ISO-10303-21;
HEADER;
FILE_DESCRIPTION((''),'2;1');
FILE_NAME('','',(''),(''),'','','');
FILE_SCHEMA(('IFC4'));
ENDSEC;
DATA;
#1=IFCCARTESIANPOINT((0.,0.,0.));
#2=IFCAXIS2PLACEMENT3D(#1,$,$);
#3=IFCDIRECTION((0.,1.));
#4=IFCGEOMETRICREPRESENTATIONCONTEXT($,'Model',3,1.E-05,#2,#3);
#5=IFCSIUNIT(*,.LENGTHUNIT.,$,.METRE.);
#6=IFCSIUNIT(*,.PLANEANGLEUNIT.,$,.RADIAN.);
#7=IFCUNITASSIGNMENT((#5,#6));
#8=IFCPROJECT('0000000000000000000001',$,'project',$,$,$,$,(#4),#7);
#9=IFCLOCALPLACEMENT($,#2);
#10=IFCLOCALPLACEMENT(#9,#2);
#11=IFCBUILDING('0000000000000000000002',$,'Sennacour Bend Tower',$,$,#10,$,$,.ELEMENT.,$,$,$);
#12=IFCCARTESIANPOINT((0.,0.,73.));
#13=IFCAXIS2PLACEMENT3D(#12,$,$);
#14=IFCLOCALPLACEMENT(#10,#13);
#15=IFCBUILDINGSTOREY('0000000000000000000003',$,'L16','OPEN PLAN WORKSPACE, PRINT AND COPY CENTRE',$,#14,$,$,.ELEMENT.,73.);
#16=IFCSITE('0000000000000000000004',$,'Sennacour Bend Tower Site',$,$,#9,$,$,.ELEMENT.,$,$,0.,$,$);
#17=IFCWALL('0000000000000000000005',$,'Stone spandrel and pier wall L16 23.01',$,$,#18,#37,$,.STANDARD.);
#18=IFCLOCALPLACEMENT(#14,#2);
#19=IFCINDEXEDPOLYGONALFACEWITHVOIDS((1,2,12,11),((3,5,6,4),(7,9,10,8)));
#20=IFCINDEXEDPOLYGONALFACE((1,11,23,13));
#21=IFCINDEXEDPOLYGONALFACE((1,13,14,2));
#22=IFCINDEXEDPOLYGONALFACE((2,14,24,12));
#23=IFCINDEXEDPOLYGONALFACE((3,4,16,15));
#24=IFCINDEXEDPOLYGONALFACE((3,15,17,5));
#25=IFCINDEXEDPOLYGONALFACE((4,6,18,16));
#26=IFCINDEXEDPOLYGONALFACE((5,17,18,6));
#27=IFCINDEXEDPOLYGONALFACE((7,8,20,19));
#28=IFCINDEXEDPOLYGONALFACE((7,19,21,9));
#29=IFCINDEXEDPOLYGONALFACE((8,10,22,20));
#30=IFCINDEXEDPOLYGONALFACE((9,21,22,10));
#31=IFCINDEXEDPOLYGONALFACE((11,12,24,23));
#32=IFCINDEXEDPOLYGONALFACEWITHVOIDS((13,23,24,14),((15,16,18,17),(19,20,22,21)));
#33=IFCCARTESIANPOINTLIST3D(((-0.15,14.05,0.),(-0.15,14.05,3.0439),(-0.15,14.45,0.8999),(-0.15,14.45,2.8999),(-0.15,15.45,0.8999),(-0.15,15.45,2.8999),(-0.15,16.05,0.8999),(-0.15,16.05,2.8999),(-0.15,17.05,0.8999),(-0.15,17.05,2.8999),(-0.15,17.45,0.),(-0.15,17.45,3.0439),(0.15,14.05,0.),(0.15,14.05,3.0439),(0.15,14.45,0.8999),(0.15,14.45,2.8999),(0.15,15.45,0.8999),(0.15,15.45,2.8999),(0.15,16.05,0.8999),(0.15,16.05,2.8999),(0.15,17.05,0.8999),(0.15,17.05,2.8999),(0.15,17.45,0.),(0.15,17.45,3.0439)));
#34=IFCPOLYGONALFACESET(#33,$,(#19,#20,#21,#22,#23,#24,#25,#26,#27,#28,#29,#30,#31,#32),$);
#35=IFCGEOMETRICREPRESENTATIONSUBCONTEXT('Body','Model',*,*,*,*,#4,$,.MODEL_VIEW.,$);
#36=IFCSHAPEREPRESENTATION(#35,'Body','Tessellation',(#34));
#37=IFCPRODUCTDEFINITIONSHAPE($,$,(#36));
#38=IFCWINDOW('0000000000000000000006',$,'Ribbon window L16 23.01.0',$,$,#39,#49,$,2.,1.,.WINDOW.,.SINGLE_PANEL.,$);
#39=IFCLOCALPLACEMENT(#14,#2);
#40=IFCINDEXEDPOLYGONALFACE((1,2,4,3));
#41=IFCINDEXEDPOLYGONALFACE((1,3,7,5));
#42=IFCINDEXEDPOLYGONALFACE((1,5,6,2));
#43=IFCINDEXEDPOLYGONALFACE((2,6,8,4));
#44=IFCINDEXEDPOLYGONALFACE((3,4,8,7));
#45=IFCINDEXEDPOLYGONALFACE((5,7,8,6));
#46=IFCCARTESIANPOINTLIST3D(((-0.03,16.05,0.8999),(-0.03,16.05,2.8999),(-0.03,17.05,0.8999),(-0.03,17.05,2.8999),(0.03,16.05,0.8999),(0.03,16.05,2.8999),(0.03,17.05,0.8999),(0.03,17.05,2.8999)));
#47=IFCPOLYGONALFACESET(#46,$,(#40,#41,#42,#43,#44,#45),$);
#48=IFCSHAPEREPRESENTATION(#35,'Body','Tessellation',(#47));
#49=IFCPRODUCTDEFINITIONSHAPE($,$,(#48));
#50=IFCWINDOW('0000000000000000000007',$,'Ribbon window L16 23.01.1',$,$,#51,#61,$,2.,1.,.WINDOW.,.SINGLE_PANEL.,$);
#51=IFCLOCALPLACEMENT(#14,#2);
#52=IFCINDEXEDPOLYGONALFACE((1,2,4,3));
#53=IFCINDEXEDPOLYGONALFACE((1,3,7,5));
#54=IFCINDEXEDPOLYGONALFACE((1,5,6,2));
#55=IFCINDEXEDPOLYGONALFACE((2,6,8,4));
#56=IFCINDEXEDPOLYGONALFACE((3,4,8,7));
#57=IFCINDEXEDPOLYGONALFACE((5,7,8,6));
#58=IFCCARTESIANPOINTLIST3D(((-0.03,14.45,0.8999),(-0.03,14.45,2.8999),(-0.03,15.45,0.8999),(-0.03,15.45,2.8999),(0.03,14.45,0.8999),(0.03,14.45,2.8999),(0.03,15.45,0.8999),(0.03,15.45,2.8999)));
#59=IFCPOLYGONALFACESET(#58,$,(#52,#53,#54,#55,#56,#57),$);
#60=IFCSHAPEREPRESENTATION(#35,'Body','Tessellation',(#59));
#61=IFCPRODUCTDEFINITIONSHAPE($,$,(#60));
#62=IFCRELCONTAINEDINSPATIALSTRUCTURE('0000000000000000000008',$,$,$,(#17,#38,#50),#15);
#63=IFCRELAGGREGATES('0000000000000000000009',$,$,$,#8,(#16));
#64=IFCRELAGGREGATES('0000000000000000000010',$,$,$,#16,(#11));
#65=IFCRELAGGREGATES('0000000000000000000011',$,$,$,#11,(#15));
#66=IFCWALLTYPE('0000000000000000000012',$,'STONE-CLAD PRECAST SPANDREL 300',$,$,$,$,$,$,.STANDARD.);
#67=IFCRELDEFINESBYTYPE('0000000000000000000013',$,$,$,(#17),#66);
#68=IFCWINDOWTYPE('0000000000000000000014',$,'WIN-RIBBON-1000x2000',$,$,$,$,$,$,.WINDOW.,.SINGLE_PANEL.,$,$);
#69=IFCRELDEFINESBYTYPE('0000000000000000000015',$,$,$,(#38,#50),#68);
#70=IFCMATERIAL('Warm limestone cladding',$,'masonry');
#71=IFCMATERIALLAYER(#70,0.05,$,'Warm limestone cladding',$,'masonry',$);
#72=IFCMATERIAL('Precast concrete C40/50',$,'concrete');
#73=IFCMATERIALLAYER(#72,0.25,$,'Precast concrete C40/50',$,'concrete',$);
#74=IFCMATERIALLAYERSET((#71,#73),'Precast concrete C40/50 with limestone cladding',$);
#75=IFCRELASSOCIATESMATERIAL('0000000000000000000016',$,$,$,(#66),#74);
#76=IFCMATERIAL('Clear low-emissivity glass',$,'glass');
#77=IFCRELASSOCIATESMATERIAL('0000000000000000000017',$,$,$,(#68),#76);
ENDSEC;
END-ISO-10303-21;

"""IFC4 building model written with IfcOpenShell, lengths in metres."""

from ifc_helpers import new_model, si_unit, direction, frame, frame_2d, origin, place, context, subcontext, project, spatial, rectangle, extrude, material, layer, layer_set, type_object, element, fill, save


model = new_model("IFC4")

# Units and contexts
model_context = context("Model", 3, precision=1e-05, world=origin(), true_north=direction((0.0, 1.0)))
body_context = subcontext(model_context, "Body", "Model", "MODEL_VIEW")
ifc_project = project(units=[si_unit("LENGTHUNIT", "METRE"), si_unit("PLANEANGLEUNIT", "RADIAN")], contexts=[model_context])

# Site, building, storey
site_placement = place(None, origin())
site = spatial("IfcSite", under=ifc_project, at=site_placement, Name="Sennacour Bend Tower Site", CompositionType="ELEMENT", RefElevation=0.0)
building_placement = place(site_placement, origin())
building = spatial("IfcBuilding", under=site, at=building_placement, Name="Sennacour Bend Tower", CompositionType="ELEMENT")
storey_placement = place(building_placement, frame((0.0, 0.0, 73.0)))
storey = spatial("IfcBuildingStorey", under=building, at=storey_placement, Name="L16", Description="OPEN PLAN WORKSPACE, PRINT AND COPY CENTRE", CompositionType="ELEMENT", Elevation=73.0)

# Shared definitions
ifc_material_1 = material(Name="Warm limestone cladding", Category="masonry")
ifc_layer_1 = layer(ifc_material_1, 0.05, Name="Warm limestone cladding", Category="masonry")
ifc_material_2 = material(Name="Precast concrete C40/50", Category="concrete")
ifc_layer_2 = layer(ifc_material_2, 0.25, Name="Precast concrete C40/50", Category="concrete")
ifc_layer_set_1 = layer_set([ifc_layer_1, ifc_layer_2], Name="Precast concrete C40/50 with limestone cladding")
wall_type_1 = type_object("IfcWallType", Name="STONE-CLAD PRECAST SPANDREL 300", PredefinedType="STANDARD", material=ifc_layer_set_1)

# Wall, openings, windows
ifc_material_3 = material(Name="Clear low-emissivity glass", Category="glass")
window_type = type_object("IfcWindowType", Name="WIN-RIBBON-1000x2000", PartitioningType="SINGLE_PANEL", PredefinedType="WINDOW", material=ifc_material_3)
wall_1_placement = place(storey_placement, frame((0.0, 17.45, 0.0), z_axis=(0.0, 0.0, 1.0), x_axis=(0.0, -1.0, 0.0)))
wall_1 = element("IfcWall", 1, at=wall_1_placement, inside=storey, type_object=wall_type_1, Name="Stone spandrel and pier wall L16 23.01", PredefinedType="STANDARD", context=body_context, shape_type="SweptSolid", body=[
    extrude(rectangle(XDim=3.3999, YDim=0.3, at=frame_2d((1.7, 0.0))), origin(), (0.0, 0.0, 1.0), 3.0439),
])
opening_1_placement = place(wall_1_placement, frame((0.3999, 0.0, 0.8999)))
opening_1 = element("IfcOpeningElement", 2, at=opening_1_placement, cuts=wall_1, PredefinedType="OPENING", context=body_context, shape_type="SweptSolid", body=[
    extrude(rectangle(XDim=1.0, YDim=2.0, at=frame_2d((0.5, 1.0))), frame((0.0, 0.1602, 0.0), z_axis=(0.0, -1.0, 0.0), x_axis=(1.0, 0.0, 0.0)), (0.0, 0.0, 1.0), 0.3201),
])
opening_2_placement = place(wall_1_placement, frame((2.0, 0.0, 0.8999)))
opening_2 = element("IfcOpeningElement", 3, at=opening_2_placement, cuts=wall_1, PredefinedType="OPENING", context=body_context, shape_type="SweptSolid", body=[
    extrude(rectangle(XDim=1.0, YDim=2.0, at=frame_2d((0.5, 1.0))), frame((0.0, 0.1602, 0.0), z_axis=(0.0, -1.0, 0.0), x_axis=(1.0, 0.0, 0.0)), (0.0, 0.0, 1.0), 0.3201),
])
window_1_placement = place(opening_1_placement, origin())
window_1 = element("IfcWindow", 4, at=window_1_placement, inside=storey, type_object=window_type, Name="Ribbon window L16 23.01.0", OverallHeight=2.0, OverallWidth=1.0, PartitioningType="SINGLE_PANEL", PredefinedType="WINDOW", context=body_context, shape_type="SweptSolid", body=[
    extrude(rectangle(XDim=1.0, YDim=2.0, at=frame_2d((0.5, 1.0))), frame((0.0, 0.03, 0.0), z_axis=(0.0, -1.0, 0.0), x_axis=(1.0, 0.0, 0.0)), (0.0, 0.0, 1.0), 0.0601),
])
fill(opening_1, window_1)
window_2_placement = place(opening_2_placement, origin())
window_2 = element("IfcWindow", 5, at=window_2_placement, inside=storey, type_object=window_type, Name="Ribbon window L16 23.01.1", OverallHeight=2.0, OverallWidth=1.0, PartitioningType="SINGLE_PANEL", PredefinedType="WINDOW", context=body_context, shape_type="SweptSolid", body=[
    extrude(rectangle(XDim=1.0, YDim=2.0, at=frame_2d((0.5, 1.0))), frame((0.0, 0.03, 0.0), z_axis=(0.0, -1.0, 0.0), x_axis=(1.0, 0.0, 0.0)), (0.0, 0.0, 1.0), 0.0601),
])
fill(opening_2, window_2)

save(model, "model.ifc")
